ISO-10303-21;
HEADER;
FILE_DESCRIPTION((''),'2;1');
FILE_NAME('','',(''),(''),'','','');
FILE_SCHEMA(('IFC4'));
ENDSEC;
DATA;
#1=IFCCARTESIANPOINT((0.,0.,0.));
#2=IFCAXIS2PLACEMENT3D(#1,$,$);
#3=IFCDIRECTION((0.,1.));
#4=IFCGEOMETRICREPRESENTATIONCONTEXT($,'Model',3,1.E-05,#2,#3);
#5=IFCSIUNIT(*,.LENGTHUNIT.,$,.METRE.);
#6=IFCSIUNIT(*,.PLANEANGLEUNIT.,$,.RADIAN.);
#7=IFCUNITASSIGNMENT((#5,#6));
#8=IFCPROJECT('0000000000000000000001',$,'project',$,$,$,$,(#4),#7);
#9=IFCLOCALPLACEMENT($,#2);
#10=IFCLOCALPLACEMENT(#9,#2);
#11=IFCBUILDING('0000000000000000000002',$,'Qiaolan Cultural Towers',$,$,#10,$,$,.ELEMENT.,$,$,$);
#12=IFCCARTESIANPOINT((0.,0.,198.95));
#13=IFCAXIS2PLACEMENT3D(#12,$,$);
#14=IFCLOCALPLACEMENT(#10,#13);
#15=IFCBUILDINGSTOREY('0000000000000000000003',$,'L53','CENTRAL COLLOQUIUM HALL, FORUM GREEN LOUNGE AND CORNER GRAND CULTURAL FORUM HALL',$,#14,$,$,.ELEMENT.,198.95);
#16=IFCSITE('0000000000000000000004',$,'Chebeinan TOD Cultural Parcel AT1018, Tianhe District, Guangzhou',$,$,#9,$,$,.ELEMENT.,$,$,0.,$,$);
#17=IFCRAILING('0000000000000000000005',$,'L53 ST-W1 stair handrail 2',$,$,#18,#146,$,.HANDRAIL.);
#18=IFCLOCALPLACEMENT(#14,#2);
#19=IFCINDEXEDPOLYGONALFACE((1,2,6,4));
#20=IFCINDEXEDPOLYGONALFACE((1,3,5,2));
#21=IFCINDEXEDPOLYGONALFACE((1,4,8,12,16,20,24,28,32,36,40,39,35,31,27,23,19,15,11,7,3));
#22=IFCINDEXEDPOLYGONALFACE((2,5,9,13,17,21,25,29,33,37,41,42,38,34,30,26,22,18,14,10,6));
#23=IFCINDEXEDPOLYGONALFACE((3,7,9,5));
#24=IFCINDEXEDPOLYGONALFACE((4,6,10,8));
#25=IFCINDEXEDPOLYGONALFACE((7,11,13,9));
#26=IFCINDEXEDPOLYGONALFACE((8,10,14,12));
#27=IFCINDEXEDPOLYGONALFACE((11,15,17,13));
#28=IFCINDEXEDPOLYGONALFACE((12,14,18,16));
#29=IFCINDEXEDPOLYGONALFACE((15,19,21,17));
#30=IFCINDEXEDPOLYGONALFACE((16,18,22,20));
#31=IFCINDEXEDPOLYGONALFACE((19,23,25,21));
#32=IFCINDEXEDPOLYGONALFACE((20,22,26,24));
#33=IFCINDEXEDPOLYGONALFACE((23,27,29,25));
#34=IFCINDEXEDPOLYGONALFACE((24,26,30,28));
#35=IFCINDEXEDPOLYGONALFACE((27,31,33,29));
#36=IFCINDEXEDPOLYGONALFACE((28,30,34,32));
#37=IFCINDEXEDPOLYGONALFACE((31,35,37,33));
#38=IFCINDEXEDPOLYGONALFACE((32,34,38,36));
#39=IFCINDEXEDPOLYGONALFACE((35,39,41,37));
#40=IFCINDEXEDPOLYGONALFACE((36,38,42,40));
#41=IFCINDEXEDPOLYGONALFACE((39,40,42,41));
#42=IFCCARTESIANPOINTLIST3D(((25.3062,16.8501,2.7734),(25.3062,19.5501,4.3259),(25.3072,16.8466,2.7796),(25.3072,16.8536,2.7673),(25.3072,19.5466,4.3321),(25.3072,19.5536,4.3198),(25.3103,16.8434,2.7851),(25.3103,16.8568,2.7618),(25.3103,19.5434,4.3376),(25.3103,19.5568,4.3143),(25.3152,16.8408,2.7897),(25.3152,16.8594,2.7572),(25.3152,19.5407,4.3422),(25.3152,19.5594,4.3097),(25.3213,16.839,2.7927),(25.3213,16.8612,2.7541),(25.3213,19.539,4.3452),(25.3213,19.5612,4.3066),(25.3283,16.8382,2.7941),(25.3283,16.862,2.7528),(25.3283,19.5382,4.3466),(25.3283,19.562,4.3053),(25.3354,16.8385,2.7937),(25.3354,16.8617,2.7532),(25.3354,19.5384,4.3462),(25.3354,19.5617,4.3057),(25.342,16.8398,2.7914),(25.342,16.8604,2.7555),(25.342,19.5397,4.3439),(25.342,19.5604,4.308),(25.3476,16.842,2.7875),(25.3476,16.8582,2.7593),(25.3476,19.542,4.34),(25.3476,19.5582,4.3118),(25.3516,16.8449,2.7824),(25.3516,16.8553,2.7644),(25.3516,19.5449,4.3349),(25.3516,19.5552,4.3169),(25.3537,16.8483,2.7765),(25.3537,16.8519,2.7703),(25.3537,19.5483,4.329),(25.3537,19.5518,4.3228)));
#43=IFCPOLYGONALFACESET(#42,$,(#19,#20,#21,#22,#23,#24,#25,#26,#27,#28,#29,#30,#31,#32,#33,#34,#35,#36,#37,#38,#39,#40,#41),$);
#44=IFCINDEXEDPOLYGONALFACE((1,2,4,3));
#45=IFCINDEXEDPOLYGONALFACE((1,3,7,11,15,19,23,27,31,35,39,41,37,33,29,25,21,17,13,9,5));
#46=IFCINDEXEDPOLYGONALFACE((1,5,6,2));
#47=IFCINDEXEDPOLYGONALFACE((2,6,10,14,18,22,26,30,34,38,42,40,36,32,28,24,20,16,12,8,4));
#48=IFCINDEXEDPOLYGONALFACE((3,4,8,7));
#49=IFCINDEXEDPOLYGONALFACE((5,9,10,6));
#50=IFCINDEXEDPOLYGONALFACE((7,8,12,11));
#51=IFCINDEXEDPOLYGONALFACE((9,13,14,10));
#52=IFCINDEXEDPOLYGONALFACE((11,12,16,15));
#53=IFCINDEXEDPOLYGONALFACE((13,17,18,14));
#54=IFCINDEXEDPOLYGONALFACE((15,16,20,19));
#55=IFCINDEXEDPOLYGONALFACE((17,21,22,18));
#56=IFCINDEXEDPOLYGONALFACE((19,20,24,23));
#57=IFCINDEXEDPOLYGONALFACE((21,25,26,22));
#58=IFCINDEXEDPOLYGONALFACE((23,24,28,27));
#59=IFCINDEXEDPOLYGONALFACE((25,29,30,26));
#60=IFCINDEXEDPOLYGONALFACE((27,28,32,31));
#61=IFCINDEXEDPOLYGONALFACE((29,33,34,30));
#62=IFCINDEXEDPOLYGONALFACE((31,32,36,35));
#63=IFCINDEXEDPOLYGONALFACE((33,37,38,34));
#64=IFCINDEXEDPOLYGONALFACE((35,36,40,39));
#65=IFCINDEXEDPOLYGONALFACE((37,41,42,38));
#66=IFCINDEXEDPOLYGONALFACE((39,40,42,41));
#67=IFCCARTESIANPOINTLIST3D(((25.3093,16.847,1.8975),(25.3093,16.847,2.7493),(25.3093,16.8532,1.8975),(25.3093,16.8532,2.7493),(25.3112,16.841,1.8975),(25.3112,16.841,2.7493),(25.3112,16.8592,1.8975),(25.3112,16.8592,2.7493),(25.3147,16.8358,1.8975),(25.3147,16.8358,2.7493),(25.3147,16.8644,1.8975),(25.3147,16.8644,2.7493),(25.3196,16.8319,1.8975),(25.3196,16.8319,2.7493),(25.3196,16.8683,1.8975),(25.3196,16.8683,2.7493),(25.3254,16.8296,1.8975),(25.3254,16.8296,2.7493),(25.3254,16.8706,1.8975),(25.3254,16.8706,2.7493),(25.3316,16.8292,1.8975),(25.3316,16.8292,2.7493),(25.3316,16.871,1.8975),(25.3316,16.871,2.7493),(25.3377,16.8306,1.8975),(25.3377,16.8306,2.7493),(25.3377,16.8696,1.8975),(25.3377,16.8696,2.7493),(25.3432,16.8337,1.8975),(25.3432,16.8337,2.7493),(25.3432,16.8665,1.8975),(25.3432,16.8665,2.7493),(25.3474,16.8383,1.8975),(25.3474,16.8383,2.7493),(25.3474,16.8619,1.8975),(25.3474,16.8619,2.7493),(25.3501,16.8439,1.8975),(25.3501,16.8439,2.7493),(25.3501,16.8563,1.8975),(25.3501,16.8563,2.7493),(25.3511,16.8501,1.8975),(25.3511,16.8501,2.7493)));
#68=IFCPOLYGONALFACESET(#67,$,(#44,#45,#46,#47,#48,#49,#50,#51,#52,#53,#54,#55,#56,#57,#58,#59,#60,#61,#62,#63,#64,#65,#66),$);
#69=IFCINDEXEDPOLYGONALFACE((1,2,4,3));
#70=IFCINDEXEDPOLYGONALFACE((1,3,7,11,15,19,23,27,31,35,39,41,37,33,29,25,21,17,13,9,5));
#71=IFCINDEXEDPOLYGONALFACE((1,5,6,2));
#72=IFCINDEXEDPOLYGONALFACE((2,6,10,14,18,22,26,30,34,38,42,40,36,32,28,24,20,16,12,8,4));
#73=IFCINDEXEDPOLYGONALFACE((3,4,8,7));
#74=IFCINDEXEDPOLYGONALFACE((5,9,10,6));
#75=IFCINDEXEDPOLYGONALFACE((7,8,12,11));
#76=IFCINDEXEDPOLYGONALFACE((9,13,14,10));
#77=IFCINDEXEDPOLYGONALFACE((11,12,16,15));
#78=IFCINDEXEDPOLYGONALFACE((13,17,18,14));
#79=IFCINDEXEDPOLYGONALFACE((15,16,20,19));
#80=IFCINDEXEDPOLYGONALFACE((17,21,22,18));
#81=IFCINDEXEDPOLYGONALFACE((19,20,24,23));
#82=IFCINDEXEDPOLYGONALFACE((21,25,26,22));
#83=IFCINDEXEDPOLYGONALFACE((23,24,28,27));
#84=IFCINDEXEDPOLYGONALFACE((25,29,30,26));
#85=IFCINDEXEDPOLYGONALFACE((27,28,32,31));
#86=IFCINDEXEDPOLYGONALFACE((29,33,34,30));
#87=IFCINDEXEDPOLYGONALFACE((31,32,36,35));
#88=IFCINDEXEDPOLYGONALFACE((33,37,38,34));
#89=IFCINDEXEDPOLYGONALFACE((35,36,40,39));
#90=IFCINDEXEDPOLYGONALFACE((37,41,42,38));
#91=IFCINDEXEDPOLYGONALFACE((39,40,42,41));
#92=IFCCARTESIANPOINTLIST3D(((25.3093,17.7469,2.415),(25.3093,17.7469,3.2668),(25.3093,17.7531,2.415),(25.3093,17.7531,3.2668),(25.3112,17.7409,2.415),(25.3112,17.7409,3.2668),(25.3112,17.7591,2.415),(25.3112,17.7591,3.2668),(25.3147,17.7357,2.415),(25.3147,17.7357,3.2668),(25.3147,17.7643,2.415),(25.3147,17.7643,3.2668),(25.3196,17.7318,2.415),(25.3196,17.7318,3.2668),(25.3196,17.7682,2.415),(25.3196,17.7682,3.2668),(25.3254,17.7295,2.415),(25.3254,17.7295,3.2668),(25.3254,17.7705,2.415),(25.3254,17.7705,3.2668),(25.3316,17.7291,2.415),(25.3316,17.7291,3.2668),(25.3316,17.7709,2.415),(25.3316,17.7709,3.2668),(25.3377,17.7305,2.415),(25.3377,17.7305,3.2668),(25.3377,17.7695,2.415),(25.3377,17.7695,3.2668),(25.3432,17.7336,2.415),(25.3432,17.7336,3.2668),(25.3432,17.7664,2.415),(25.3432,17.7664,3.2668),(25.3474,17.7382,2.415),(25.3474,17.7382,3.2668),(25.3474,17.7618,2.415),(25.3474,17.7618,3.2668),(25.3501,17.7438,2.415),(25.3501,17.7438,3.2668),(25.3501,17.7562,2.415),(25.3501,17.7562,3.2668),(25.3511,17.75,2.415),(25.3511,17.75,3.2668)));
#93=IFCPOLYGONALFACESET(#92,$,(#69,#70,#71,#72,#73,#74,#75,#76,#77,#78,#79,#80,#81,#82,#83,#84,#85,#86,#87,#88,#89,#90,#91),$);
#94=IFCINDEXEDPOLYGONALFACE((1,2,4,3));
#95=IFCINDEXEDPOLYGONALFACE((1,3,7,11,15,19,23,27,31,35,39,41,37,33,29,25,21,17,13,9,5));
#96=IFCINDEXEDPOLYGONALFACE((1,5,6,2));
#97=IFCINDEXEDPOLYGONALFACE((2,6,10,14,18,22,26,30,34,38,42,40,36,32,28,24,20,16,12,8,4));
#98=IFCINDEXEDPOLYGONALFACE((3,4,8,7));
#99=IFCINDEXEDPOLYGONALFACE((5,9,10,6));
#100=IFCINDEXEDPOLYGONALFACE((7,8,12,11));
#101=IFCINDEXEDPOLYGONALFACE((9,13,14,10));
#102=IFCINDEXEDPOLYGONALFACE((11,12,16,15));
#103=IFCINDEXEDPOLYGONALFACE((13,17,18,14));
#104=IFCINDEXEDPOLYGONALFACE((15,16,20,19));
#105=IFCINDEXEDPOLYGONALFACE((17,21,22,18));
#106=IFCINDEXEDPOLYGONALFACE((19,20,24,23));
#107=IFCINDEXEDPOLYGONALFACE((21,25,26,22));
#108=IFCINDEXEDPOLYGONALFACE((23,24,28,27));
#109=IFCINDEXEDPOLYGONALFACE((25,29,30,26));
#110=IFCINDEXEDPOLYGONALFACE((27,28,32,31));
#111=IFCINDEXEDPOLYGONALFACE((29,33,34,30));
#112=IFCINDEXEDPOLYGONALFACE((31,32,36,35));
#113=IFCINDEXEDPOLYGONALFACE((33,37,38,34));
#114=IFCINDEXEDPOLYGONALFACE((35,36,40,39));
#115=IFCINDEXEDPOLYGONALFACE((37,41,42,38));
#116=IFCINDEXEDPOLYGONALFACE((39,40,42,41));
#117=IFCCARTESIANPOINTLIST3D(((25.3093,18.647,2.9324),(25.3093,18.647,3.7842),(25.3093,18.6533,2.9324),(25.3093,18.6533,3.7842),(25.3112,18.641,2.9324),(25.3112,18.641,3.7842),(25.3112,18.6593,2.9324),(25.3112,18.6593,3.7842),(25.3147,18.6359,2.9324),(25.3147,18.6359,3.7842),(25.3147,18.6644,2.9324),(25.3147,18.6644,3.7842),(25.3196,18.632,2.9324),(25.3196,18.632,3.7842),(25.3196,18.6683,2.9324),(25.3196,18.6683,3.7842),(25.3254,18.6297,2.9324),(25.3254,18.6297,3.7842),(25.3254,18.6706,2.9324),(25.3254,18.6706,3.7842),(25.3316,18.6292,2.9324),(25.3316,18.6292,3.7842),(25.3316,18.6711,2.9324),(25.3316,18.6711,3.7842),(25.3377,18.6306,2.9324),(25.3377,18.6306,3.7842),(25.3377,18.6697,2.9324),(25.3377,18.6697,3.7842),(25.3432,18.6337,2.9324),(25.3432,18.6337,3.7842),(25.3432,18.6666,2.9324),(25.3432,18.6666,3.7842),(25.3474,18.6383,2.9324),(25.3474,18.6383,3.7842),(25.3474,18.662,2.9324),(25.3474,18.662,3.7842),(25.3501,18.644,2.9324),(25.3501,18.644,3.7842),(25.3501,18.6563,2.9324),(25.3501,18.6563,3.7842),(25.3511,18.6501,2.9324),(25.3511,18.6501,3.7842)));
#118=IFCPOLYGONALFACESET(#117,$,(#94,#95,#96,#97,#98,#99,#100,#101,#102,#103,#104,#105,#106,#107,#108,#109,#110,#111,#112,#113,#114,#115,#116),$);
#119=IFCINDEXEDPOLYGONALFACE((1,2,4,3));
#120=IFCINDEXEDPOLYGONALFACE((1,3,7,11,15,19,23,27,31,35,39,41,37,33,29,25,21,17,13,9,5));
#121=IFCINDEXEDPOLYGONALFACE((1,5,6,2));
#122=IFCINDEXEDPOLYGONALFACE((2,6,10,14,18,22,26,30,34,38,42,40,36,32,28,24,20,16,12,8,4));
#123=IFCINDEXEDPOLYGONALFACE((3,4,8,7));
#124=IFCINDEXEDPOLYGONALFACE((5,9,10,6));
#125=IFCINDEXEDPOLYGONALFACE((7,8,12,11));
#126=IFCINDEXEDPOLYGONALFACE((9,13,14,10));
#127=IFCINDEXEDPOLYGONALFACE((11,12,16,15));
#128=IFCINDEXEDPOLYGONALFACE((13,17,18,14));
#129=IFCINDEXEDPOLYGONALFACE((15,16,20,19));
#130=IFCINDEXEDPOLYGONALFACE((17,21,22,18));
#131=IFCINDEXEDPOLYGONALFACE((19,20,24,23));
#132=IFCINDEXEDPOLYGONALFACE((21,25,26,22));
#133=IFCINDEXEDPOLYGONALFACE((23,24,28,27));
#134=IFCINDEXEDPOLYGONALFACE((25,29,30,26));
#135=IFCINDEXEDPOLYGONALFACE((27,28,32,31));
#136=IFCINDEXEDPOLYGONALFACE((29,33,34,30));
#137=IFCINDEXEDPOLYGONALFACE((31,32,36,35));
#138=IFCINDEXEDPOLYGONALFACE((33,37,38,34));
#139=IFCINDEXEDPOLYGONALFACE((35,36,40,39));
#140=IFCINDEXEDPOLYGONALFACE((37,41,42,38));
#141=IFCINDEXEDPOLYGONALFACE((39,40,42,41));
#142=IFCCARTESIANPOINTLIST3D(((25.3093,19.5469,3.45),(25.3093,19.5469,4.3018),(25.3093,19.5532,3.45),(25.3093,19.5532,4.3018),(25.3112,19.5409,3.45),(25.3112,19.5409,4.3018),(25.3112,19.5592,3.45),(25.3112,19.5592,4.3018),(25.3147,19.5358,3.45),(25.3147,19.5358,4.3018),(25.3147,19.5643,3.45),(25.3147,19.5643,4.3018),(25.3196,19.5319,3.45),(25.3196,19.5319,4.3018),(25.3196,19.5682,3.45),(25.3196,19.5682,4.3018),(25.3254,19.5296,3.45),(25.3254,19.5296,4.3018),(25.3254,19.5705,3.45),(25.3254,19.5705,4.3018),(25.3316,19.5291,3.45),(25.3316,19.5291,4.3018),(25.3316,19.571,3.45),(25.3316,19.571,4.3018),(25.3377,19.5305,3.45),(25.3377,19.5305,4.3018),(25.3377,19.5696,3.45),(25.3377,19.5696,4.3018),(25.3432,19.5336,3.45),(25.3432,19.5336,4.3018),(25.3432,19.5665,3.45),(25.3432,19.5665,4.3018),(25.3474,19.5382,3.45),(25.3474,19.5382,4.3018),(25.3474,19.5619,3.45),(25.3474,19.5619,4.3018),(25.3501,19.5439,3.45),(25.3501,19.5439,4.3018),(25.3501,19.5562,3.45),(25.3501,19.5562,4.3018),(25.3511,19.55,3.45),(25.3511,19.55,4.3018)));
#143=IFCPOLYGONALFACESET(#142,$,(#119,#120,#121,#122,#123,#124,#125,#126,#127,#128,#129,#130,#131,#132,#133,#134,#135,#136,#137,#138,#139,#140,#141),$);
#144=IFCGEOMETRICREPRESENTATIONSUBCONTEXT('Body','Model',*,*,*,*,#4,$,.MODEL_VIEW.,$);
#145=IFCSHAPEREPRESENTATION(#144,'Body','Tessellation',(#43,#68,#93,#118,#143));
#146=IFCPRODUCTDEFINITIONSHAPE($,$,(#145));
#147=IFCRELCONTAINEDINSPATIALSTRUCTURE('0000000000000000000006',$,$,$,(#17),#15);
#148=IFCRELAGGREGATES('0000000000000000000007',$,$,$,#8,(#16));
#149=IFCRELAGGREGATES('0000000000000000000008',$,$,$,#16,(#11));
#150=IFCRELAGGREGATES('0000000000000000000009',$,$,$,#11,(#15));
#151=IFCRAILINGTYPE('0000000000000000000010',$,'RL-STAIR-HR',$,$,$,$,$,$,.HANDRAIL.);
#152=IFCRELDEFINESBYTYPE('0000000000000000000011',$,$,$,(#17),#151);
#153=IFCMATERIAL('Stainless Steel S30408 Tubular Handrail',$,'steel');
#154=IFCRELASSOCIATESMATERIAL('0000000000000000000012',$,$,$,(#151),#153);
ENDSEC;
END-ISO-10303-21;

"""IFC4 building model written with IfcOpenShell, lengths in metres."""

from ifc_helpers import new_model, si_unit, direction, frame, origin, origin_2d, place, context, subcontext, project, spatial, circle, extrude, material, type_object, element, save


model = new_model("IFC4")

# Units and contexts
model_context = context("Model", 3, precision=1e-05, world=origin(), true_north=direction((0.0, 1.0)))
body_context = subcontext(model_context, "Body", "Model", "MODEL_VIEW")
ifc_project = project(units=[si_unit("LENGTHUNIT", "METRE"), si_unit("PLANEANGLEUNIT", "RADIAN")], contexts=[model_context])

# Site, building, storey
site_placement = place(None, origin())
site = spatial("IfcSite", under=ifc_project, at=site_placement, Name="Chebeinan TOD Cultural Parcel AT1018, Tianhe District, Guangzhou", CompositionType="ELEMENT", RefElevation=0.0)
building_placement = place(site_placement, origin())
building = spatial("IfcBuilding", under=site, at=building_placement, Name="Qiaolan Cultural Towers", CompositionType="ELEMENT")
storey_placement = place(building_placement, frame((0.0, 0.0, 198.95)))
storey = spatial("IfcBuildingStorey", under=building, at=storey_placement, Name="L53", Description="CENTRAL COLLOQUIUM HALL, FORUM GREEN LOUNGE AND CORNER GRAND CULTURAL FORUM HALL", CompositionType="ELEMENT", Elevation=198.95)

# Railing
ifc_material_1 = material(Name="Stainless Steel S30408 Tubular Handrail", Category="steel")
railing_type_1 = type_object("IfcRailingType", Name="RL-STAIR-HR", PredefinedType="HANDRAIL", material=ifc_material_1)
railing_1_placement = place(storey_placement, frame((25.3301, 16.8501, 1.8975)))
element("IfcRailing", 1, at=railing_1_placement, inside=storey, type_object=railing_type_1, Name="L53 ST-W1 stair handrail 2", PredefinedType="HANDRAIL", context=body_context, shape_type="SweptSolid", body=[
    extrude(circle(Radius=0.0239, at=origin_2d()), frame((0.0, 0.0, 0.876), z_axis=(0.0, 0.866904, 0.498476), x_axis=(-1.0, 0.0, 0.0)), (0.0, 0.0, 1.0), 3.1145),
    extrude(circle(Radius=0.021, at=origin_2d()), origin(), (0.0, 0.0, 1.0), 0.8518),
    extrude(circle(Radius=0.021, at=origin_2d()), frame((0.0, 0.8999, 0.5176)), (0.0, 0.0, 1.0), 0.8518),
    extrude(circle(Radius=0.021, at=origin_2d()), frame((0.0, 1.8, 1.0349)), (0.0, 0.0, 1.0), 0.8518),
    extrude(circle(Radius=0.021, at=origin_2d()), frame((0.0, 2.7, 1.5525)), (0.0, 0.0, 1.0), 0.8518),
])

save(model, "model.ifc")
